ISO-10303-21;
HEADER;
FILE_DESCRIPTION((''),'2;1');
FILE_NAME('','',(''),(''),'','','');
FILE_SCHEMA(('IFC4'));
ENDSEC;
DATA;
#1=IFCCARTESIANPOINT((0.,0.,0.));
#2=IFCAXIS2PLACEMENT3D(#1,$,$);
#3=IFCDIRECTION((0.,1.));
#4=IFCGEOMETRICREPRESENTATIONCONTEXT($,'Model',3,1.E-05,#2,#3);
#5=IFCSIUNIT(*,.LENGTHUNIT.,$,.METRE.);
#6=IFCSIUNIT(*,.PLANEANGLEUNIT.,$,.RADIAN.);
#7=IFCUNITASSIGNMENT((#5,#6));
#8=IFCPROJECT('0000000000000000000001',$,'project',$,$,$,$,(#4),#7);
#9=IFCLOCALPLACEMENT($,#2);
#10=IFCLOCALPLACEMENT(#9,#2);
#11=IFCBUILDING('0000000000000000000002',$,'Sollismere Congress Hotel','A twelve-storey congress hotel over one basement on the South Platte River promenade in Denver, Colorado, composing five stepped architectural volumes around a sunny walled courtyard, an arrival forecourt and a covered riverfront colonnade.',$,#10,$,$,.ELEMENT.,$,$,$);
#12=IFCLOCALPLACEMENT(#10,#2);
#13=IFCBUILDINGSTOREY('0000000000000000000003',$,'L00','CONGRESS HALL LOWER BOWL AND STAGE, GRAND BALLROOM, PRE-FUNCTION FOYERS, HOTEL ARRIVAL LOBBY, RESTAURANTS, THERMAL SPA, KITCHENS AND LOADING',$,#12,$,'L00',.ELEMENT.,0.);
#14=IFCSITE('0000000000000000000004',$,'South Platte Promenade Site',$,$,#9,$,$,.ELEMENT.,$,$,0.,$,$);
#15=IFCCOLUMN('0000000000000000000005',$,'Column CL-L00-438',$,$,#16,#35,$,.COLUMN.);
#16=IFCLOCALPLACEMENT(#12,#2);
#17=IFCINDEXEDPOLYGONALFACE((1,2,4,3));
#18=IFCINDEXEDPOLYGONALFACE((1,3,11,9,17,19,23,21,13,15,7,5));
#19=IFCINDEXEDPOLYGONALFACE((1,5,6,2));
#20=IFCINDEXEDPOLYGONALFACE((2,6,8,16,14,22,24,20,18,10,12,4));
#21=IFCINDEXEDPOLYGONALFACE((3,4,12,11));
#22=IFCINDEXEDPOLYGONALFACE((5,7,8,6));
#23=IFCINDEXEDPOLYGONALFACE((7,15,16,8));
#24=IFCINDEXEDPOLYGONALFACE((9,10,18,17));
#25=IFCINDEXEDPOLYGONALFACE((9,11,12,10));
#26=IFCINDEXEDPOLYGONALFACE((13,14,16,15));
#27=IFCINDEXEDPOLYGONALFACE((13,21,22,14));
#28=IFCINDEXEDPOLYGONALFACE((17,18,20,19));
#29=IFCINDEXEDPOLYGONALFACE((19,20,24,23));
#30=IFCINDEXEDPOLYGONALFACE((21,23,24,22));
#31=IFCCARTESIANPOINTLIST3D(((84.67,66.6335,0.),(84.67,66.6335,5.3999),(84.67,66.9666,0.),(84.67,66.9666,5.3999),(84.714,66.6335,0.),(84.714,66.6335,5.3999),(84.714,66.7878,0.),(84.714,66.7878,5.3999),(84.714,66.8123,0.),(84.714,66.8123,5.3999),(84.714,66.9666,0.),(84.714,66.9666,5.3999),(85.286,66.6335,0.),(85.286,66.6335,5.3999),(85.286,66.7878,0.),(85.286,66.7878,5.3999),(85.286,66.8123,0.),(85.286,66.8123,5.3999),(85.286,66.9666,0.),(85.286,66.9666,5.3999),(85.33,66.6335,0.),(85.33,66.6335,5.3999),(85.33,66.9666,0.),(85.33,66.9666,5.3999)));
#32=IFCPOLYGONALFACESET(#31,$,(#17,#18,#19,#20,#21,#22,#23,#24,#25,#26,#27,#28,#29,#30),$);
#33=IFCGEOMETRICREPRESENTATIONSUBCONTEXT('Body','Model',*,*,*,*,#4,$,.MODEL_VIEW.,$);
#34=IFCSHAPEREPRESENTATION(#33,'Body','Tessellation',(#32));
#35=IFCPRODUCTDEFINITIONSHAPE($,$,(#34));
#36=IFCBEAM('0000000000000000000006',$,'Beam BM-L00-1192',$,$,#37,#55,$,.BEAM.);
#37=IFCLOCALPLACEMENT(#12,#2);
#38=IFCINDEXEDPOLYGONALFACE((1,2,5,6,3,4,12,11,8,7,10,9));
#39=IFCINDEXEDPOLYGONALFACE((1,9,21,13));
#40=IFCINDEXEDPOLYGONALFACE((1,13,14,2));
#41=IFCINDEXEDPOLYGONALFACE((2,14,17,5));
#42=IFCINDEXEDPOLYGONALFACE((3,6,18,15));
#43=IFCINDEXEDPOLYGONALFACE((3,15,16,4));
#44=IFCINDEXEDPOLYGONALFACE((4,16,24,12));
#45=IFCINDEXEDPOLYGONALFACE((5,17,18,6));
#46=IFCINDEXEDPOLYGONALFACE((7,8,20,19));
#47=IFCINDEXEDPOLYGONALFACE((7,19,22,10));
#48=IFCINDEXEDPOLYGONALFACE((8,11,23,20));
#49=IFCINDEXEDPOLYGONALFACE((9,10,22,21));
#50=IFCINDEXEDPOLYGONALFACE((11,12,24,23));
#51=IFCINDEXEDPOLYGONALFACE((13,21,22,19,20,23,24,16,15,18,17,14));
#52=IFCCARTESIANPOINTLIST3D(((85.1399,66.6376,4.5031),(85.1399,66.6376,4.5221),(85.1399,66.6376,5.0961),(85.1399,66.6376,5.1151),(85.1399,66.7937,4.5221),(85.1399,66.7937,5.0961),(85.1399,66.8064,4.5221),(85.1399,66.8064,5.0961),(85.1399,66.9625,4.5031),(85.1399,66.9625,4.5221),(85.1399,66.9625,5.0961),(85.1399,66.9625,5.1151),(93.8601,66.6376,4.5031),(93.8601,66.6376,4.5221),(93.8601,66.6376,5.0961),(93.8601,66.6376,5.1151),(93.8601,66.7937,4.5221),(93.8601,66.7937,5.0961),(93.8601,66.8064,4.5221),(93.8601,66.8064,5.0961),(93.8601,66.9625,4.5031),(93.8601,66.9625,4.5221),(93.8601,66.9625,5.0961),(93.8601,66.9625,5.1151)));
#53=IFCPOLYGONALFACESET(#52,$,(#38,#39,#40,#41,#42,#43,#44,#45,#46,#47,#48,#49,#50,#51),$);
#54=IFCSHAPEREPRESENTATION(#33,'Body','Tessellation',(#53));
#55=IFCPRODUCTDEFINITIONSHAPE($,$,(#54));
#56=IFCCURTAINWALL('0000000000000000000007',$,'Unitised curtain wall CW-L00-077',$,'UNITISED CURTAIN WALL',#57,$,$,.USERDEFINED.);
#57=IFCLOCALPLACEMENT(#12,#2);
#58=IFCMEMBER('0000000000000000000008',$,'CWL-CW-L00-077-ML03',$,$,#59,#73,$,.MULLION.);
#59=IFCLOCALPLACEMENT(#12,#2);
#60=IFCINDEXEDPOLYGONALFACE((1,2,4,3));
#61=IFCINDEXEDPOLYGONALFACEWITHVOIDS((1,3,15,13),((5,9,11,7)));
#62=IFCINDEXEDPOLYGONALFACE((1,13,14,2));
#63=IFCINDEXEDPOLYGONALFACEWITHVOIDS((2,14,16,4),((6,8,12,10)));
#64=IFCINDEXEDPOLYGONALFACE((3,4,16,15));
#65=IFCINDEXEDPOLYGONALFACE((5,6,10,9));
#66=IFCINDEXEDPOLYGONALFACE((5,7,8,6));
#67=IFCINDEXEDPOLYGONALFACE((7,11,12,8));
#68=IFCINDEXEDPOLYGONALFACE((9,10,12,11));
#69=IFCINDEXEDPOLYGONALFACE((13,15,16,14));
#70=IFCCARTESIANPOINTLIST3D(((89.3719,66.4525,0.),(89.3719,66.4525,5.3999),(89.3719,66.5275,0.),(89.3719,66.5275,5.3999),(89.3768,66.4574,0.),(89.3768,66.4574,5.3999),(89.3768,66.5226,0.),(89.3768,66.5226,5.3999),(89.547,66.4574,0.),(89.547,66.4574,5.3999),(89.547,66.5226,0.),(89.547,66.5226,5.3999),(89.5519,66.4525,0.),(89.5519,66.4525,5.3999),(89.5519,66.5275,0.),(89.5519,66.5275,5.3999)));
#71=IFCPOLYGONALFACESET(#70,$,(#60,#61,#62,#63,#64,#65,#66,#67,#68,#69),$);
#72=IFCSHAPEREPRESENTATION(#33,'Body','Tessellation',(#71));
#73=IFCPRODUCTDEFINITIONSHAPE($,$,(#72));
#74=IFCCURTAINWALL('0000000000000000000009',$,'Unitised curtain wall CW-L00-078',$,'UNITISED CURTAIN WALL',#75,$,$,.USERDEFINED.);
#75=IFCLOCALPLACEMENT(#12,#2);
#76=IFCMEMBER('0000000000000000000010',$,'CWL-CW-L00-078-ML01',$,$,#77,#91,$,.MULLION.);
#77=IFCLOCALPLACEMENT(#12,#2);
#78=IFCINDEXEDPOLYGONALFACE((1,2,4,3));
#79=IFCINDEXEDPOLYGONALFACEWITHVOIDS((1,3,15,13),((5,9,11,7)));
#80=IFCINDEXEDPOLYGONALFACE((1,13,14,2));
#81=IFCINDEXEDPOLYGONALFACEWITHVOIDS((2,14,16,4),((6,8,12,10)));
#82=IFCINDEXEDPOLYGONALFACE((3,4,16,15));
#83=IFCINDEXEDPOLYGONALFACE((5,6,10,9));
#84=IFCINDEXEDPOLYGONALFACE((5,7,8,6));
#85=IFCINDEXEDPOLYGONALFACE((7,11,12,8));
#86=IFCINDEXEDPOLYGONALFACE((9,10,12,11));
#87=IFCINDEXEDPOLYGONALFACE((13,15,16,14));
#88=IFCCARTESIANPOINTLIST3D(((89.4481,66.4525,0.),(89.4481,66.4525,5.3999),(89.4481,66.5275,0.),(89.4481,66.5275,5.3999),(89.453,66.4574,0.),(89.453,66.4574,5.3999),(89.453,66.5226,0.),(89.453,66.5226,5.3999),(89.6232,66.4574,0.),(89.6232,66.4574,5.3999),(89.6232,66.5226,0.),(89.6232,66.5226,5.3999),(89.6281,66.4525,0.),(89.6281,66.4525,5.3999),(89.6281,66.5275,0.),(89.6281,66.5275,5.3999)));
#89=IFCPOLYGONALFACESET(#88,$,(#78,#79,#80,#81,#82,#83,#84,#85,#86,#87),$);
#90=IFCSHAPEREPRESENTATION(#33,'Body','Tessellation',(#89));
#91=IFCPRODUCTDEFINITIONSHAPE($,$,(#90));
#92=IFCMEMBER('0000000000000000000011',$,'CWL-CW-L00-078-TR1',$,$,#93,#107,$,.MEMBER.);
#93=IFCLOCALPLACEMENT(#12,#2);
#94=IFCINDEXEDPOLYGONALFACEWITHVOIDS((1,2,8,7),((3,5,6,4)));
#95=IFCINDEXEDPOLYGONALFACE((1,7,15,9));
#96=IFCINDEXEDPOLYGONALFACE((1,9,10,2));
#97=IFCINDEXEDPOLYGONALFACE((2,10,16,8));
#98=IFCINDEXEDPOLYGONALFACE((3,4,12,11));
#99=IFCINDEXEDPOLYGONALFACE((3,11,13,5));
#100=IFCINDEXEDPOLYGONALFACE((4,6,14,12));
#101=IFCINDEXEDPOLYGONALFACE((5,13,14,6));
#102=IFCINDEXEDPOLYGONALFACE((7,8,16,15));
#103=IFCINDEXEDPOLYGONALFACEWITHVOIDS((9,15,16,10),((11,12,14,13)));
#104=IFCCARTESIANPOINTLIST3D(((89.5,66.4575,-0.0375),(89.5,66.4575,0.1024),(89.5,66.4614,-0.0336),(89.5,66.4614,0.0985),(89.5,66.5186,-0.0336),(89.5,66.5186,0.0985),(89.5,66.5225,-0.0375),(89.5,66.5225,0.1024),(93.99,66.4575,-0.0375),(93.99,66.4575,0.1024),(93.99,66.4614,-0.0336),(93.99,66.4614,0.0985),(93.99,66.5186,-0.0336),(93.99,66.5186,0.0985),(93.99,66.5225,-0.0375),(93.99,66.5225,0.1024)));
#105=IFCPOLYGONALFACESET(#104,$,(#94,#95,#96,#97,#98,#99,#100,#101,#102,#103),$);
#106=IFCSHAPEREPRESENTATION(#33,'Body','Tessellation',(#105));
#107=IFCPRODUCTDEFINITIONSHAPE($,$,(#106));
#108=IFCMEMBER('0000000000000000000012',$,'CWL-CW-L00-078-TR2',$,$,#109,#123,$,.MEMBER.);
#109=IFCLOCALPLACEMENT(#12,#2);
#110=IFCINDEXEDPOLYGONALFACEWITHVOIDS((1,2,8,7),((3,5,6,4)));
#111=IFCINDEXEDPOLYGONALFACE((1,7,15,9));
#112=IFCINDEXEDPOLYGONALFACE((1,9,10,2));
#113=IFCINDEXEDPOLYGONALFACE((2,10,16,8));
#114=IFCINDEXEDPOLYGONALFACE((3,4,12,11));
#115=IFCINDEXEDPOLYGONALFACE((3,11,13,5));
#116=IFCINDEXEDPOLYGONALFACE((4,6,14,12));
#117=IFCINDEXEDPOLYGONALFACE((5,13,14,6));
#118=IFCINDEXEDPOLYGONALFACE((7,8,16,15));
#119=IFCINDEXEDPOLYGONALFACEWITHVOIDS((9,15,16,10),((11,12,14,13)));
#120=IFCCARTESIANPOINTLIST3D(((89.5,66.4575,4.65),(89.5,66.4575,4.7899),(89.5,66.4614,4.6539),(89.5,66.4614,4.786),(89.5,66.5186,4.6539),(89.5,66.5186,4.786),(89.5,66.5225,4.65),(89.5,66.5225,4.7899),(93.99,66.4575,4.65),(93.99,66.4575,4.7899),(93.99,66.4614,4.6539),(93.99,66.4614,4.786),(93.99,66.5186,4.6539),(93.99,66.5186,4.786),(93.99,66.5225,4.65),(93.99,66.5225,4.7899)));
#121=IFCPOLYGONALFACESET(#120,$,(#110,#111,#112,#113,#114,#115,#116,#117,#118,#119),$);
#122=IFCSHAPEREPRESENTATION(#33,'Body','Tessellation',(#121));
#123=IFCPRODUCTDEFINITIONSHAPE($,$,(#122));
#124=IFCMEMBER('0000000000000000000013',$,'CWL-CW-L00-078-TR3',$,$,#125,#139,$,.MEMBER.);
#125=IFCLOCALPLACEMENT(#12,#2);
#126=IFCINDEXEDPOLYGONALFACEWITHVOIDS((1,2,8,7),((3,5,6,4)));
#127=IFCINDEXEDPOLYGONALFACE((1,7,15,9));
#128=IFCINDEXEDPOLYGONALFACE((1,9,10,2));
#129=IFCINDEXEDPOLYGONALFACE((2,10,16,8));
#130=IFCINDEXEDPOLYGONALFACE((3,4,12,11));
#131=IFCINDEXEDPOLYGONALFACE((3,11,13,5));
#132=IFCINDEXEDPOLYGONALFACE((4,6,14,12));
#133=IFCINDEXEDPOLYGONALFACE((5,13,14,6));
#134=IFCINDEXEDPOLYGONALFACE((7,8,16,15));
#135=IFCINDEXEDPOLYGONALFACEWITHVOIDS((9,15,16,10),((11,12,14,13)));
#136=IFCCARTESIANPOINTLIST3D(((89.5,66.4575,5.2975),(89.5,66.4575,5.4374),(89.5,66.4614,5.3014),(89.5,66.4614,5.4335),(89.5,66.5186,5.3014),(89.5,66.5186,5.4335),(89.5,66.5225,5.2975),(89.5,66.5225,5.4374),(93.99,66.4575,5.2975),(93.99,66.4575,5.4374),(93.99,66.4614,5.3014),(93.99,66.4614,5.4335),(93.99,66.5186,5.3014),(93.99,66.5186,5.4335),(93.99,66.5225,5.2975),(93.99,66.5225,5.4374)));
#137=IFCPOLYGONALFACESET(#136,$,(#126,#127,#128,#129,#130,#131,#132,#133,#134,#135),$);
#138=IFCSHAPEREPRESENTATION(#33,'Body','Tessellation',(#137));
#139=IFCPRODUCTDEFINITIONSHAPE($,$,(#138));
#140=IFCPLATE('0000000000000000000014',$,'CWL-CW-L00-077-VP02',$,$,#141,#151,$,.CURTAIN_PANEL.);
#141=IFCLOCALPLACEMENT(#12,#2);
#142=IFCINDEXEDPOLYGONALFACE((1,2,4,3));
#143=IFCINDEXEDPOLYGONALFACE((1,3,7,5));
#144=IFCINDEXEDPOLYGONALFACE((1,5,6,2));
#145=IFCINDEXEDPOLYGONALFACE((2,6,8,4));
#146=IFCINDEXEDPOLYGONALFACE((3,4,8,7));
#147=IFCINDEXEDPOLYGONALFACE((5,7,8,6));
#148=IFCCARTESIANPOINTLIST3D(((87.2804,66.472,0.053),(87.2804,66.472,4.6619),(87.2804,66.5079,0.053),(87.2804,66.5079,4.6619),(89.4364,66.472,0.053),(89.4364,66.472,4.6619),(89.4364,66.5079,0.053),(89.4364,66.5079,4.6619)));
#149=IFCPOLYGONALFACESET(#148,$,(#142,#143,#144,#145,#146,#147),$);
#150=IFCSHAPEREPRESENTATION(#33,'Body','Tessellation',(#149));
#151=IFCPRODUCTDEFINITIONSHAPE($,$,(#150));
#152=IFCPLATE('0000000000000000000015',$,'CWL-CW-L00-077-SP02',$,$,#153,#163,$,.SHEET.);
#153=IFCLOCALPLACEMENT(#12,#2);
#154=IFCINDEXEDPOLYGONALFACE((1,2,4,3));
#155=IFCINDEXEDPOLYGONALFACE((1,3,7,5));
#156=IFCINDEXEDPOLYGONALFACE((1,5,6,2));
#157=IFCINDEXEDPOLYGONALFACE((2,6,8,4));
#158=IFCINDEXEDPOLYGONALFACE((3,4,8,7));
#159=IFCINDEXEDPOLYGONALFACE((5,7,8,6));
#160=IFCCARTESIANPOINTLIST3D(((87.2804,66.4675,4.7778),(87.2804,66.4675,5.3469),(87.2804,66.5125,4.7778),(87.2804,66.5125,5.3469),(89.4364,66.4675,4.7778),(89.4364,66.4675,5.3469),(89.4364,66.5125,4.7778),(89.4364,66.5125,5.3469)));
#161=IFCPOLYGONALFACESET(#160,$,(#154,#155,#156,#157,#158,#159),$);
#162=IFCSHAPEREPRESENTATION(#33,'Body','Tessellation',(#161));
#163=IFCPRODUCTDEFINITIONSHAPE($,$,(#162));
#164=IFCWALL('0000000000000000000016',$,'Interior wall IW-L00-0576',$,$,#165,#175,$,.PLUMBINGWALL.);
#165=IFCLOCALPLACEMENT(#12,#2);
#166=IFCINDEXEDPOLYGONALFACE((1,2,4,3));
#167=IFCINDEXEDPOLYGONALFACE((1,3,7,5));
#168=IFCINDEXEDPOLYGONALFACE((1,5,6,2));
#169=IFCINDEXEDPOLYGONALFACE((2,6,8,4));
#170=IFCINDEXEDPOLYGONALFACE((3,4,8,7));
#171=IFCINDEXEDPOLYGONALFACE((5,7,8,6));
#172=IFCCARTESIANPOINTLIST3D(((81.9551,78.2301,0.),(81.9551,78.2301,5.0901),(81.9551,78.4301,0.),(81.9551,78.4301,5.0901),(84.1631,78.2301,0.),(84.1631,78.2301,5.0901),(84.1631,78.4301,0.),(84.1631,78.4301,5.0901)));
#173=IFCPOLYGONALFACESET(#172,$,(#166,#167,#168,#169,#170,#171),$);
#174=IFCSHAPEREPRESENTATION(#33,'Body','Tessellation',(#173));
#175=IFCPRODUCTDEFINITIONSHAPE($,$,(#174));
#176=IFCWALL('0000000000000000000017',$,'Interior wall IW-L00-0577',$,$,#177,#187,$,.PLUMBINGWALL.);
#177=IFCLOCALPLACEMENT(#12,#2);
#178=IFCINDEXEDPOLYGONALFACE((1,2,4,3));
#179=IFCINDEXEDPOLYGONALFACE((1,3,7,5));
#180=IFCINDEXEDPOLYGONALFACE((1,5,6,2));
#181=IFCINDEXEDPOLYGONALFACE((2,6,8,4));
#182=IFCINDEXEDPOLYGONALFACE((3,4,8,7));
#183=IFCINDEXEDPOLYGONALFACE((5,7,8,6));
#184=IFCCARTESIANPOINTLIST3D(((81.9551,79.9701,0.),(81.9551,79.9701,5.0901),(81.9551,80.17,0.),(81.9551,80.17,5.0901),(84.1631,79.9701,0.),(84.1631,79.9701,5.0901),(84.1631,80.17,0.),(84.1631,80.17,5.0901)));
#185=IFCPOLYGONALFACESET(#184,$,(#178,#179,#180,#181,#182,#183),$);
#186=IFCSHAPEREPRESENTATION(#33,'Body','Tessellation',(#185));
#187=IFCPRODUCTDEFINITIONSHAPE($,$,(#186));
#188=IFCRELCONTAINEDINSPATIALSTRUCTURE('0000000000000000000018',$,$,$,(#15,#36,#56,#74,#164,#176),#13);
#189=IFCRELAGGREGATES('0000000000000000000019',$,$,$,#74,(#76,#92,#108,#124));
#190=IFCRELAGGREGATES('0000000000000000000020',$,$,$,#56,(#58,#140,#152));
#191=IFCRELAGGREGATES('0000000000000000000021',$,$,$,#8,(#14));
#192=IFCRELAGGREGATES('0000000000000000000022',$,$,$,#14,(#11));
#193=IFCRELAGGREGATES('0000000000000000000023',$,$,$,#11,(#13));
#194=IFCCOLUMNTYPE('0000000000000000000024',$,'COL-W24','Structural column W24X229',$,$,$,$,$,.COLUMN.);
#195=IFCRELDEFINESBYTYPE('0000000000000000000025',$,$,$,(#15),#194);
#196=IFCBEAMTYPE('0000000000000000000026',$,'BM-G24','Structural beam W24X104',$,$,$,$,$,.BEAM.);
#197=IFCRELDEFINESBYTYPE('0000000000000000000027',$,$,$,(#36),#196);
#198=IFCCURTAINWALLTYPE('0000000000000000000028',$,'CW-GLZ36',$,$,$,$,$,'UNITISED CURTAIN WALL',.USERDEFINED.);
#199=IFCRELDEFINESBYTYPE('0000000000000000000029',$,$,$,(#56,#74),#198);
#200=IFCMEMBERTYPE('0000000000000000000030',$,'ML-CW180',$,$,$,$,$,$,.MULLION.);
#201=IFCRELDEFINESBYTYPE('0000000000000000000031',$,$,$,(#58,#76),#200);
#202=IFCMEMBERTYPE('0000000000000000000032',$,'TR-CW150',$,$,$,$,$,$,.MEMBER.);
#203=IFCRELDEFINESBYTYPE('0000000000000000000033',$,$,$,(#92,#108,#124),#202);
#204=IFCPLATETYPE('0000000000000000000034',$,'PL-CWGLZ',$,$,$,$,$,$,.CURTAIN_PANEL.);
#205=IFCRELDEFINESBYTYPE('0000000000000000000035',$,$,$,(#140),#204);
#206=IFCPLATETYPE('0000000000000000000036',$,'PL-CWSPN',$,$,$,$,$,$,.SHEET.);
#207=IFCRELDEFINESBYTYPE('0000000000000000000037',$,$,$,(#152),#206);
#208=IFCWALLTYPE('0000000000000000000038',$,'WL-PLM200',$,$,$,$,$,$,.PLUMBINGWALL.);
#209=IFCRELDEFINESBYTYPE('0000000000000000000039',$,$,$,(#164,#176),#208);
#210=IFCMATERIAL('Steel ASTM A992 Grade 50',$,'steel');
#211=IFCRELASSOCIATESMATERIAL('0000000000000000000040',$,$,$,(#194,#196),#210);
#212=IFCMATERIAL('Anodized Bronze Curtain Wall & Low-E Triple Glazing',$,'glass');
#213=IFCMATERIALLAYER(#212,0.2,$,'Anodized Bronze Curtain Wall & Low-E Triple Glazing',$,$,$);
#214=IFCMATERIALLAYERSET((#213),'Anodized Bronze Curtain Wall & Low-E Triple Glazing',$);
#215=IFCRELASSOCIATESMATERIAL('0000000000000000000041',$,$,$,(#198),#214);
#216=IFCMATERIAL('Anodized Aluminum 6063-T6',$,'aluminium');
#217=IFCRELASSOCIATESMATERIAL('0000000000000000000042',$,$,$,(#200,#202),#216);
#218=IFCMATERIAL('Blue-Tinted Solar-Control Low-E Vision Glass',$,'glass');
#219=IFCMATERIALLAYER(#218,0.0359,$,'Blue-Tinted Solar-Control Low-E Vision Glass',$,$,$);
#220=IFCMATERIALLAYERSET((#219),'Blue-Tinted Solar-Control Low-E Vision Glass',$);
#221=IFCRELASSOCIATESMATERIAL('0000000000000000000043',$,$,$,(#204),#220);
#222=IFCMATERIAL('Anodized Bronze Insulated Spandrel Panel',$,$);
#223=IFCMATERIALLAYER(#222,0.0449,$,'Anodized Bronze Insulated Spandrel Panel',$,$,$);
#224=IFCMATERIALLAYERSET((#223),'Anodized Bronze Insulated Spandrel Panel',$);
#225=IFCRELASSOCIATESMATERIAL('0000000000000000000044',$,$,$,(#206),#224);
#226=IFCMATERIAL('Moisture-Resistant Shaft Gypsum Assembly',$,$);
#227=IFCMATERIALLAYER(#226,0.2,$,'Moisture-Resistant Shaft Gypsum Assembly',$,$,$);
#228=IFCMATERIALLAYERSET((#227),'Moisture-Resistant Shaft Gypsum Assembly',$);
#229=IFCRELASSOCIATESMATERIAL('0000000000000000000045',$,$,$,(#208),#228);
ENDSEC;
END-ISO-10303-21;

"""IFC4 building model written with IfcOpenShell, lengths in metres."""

from ifc_helpers import new_model, si_unit, direction, frame, frame_2d, origin, origin_2d, place, context, subcontext, project, spatial, rectangle, hollow_rectangle, i_section, extrude, material, layer, layer_set, material_profile, profile_set, type_object, element, aggregate, save


model = new_model("IFC4")

# Units and contexts
model_context = context("Model", 3, precision=1e-05, world=origin(), true_north=direction((0.0, 1.0)))
body_context = subcontext(model_context, "Body", "Model", "MODEL_VIEW")
ifc_project = project(units=[si_unit("LENGTHUNIT", "METRE"), si_unit("PLANEANGLEUNIT", "RADIAN")], contexts=[model_context])

# Site, building, storey
site_placement = place(None, origin())
site = spatial("IfcSite", under=ifc_project, at=site_placement, Name="South Platte Promenade Site", CompositionType="ELEMENT", RefElevation=0.0)
building_placement = place(site_placement, origin())
building = spatial("IfcBuilding", under=site, at=building_placement, Name="Sollismere Congress Hotel", Description="A twelve-storey congress hotel over one basement on the South Platte River promenade in Denver, Colorado, composing five stepped architectural volumes around a sunny walled courtyard, an arrival forecourt and a covered riverfront colonnade.", CompositionType="ELEMENT")
storey_placement = place(building_placement, origin())
storey = spatial("IfcBuildingStorey", under=building, at=storey_placement, Name="L00", Description="CONGRESS HALL LOWER BOWL AND STAGE, GRAND BALLROOM, PRE-FUNCTION FOYERS, HOTEL ARRIVAL LOBBY, RESTAURANTS, THERMAL SPA, KITCHENS AND LOADING", LongName="L00", CompositionType="ELEMENT", Elevation=0.0)

# Column
ifc_material_1 = material(Name="Steel ASTM A992 Grade 50", Category="steel")
ifc_material_profile_1 = material_profile(ifc_material_1, i_section(OverallWidth=0.333, OverallDepth=0.6599, WebThickness=0.0244, FlangeThickness=0.0439, at=origin_2d()), Name="W24X229")
ifc_profile_set_1 = profile_set([ifc_material_profile_1], Name="Steel ASTM A992 Grade 50")
column_type = type_object("IfcColumnType", Name="COL-W24", Description="Structural column W24X229", PredefinedType="COLUMN", material=ifc_profile_set_1)
column_placement = place(storey_placement, frame((85.0, 66.8, 0.0), z_axis=(0.0, 0.0, 1.0), x_axis=(0.0, 1.0, 0.0)))
element("IfcColumn", 1, at=column_placement, inside=storey, type_object=column_type, Name="Column CL-L00-438", PredefinedType="COLUMN", context=body_context, shape_type="SweptSolid", body=[
    extrude(i_section(OverallWidth=0.333, OverallDepth=0.6599, WebThickness=0.0244, FlangeThickness=0.0439, at=origin_2d()), origin(), (0.0, 0.0, 1.0), 5.3999),
])

# Beam
ifc_material_profile_2 = material_profile(ifc_material_1, i_section(OverallWidth=0.325, OverallDepth=0.6121, WebThickness=0.0127, FlangeThickness=0.019, at=origin_2d()), Name="W24X104")
ifc_profile_set_2 = profile_set([ifc_material_profile_2], Name="Steel ASTM A992 Grade 50")
beam_type = type_object("IfcBeamType", Name="BM-G24", Description="Structural beam W24X104", PredefinedType="BEAM", material=ifc_profile_set_2)
beam_placement = place(storey_placement, frame((85.1399, 66.8, 4.8091), z_axis=(1.0, 0.0, 0.0), x_axis=(0.0, 1.0, 0.0)))
element("IfcBeam", 2, at=beam_placement, inside=storey, type_object=beam_type, Name="Beam BM-L00-1192", PredefinedType="BEAM", context=body_context, shape_type="SweptSolid", body=[
    extrude(i_section(OverallWidth=0.325, OverallDepth=0.6121, WebThickness=0.0127, FlangeThickness=0.019, at=origin_2d()), origin(), (0.0, 0.0, 1.0), 8.7202),
])

# Curtain wall, member
ifc_material_2 = material(Name="Anodized Bronze Curtain Wall & Low-E Triple Glazing", Category="glass")
ifc_layer_1 = layer(ifc_material_2, 0.2, Name="Anodized Bronze Curtain Wall & Low-E Triple Glazing")
ifc_layer_set_1 = layer_set([ifc_layer_1], Name="Anodized Bronze Curtain Wall & Low-E Triple Glazing")
curtain_wall_type = type_object("IfcCurtainWallType", Name="CW-GLZ36", ElementType="UNITISED CURTAIN WALL", PredefinedType="USERDEFINED", material=ifc_layer_set_1)
curtain_wall_1_placement = place(storey_placement, origin())
curtain_wall_1 = element("IfcCurtainWall", 3, at=curtain_wall_1_placement, inside=storey, type_object=curtain_wall_type, Name="Unitised curtain wall CW-L00-077", ObjectType="UNITISED CURTAIN WALL", PredefinedType="USERDEFINED")
ifc_material_3 = material(Name="Anodized Aluminum 6063-T6", Category="aluminium")
ifc_material_profile_3 = material_profile(ifc_material_3, hollow_rectangle(XDim=0.075, YDim=0.1799, WallThickness=0.0049, at=origin_2d()), Name="ALU180X75X5")
ifc_profile_set_3 = profile_set([ifc_material_profile_3], Name="Anodized Aluminum 6063-T6")
member_type_1 = type_object("IfcMemberType", Name="ML-CW180", PredefinedType="MULLION", material=ifc_profile_set_3)
member_1_placement = place(storey_placement, frame((89.4619, 66.49, 0.0), z_axis=(0.0, 0.0, 1.0), x_axis=(0.0, 1.0, 0.0)))
member_1 = element("IfcMember", 4, at=member_1_placement, type_object=member_type_1, Name="CWL-CW-L00-077-ML03", PredefinedType="MULLION", context=body_context, shape_type="SweptSolid", body=[
    extrude(hollow_rectangle(XDim=0.075, YDim=0.1799, WallThickness=0.0049, at=origin_2d()), origin(), (0.0, 0.0, 1.0), 5.3999),
])

# Curtain wall, members
curtain_wall_2_placement = place(storey_placement, origin())
curtain_wall_2 = element("IfcCurtainWall", 5, at=curtain_wall_2_placement, inside=storey, type_object=curtain_wall_type, Name="Unitised curtain wall CW-L00-078", ObjectType="UNITISED CURTAIN WALL", PredefinedType="USERDEFINED")
member_2_placement = place(storey_placement, frame((89.5381, 66.49, 0.0), z_axis=(0.0, 0.0, 1.0), x_axis=(0.0, 1.0, 0.0)))
member_2 = element("IfcMember", 6, at=member_2_placement, type_object=member_type_1, Name="CWL-CW-L00-078-ML01", PredefinedType="MULLION", context=body_context, shape_type="SweptSolid", body=[
    extrude(hollow_rectangle(XDim=0.075, YDim=0.1799, WallThickness=0.0049, at=origin_2d()), origin(), (0.0, 0.0, 1.0), 5.3999),
])
ifc_material_profile_4 = material_profile(ifc_material_3, hollow_rectangle(XDim=0.0649, YDim=0.1399, WallThickness=0.0039, at=origin_2d()), Name="ALU140X65X4")
ifc_profile_set_4 = profile_set([ifc_material_profile_4], Name="Anodized Aluminum 6063-T6")
member_type_2 = type_object("IfcMemberType", Name="TR-CW150", PredefinedType="MEMBER", material=ifc_profile_set_4)
member_3_placement = place(storey_placement, frame((89.5, 66.49, 0.0325), z_axis=(1.0, 0.0, 0.0), x_axis=(0.0, 1.0, 0.0)))
member_3 = element("IfcMember", 7, at=member_3_placement, type_object=member_type_2, Name="CWL-CW-L00-078-TR1", PredefinedType="MEMBER", context=body_context, shape_type="SweptSolid", body=[
    extrude(hollow_rectangle(XDim=0.0649, YDim=0.1399, WallThickness=0.0039, at=origin_2d()), origin(), (0.0, 0.0, 1.0), 4.49),
])
member_4_placement = place(storey_placement, frame((89.5, 66.49, 4.72), z_axis=(1.0, 0.0, 0.0), x_axis=(0.0, 1.0, 0.0)))
member_4 = element("IfcMember", 8, at=member_4_placement, type_object=member_type_2, Name="CWL-CW-L00-078-TR2", PredefinedType="MEMBER", context=body_context, shape_type="SweptSolid", body=[
    extrude(hollow_rectangle(XDim=0.0649, YDim=0.1399, WallThickness=0.0039, at=origin_2d()), origin(), (0.0, 0.0, 1.0), 4.49),
])
member_5_placement = place(storey_placement, frame((89.5, 66.49, 5.3674), z_axis=(1.0, 0.0, 0.0), x_axis=(0.0, 1.0, 0.0)))
member_5 = element("IfcMember", 9, at=member_5_placement, type_object=member_type_2, Name="CWL-CW-L00-078-TR3", PredefinedType="MEMBER", context=body_context, shape_type="SweptSolid", body=[
    extrude(hollow_rectangle(XDim=0.0649, YDim=0.1399, WallThickness=0.0039, at=origin_2d()), origin(), (0.0, 0.0, 1.0), 4.49),
])
aggregate(curtain_wall_2, [member_2, member_3, member_4, member_5])

# Plates
ifc_material_4 = material(Name="Blue-Tinted Solar-Control Low-E Vision Glass", Category="glass")
ifc_layer_2 = layer(ifc_material_4, 0.0359, Name="Blue-Tinted Solar-Control Low-E Vision Glass")
ifc_layer_set_2 = layer_set([ifc_layer_2], Name="Blue-Tinted Solar-Control Low-E Vision Glass")
plate_type_1 = type_object("IfcPlateType", Name="PL-CWGLZ", PredefinedType="CURTAIN_PANEL", material=ifc_layer_set_2)
plate_1_placement = place(storey_placement, frame((88.3584, 66.49, 0.053), z_axis=(0.0, 0.0, 1.0), x_axis=(1.0, 0.0, 0.0)))
plate_1 = element("IfcPlate", 10, at=plate_1_placement, type_object=plate_type_1, Name="CWL-CW-L00-077-VP02", PredefinedType="CURTAIN_PANEL", context=body_context, shape_type="SweptSolid", body=[
    extrude(rectangle(XDim=2.156, YDim=0.0359, at=origin_2d()), origin(), (0.0, 0.0, 1.0), 4.6089),
])
ifc_material_5 = material(Name="Anodized Bronze Insulated Spandrel Panel")
ifc_layer_3 = layer(ifc_material_5, 0.0449, Name="Anodized Bronze Insulated Spandrel Panel")
ifc_layer_set_3 = layer_set([ifc_layer_3], Name="Anodized Bronze Insulated Spandrel Panel")
plate_type_2 = type_object("IfcPlateType", Name="PL-CWSPN", PredefinedType="SHEET", material=ifc_layer_set_3)
plate_2_placement = place(storey_placement, frame((88.3584, 66.49, 4.7778), z_axis=(0.0, 0.0, 1.0), x_axis=(1.0, 0.0, 0.0)))
plate_2 = element("IfcPlate", 11, at=plate_2_placement, type_object=plate_type_2, Name="CWL-CW-L00-077-SP02", PredefinedType="SHEET", context=body_context, shape_type="SweptSolid", body=[
    extrude(rectangle(XDim=2.156, YDim=0.0449, at=origin_2d()), origin(), (0.0, 0.0, 1.0), 0.5691),
])
aggregate(curtain_wall_1, [member_1, plate_1, plate_2])

# Walls
ifc_material_6 = material(Name="Moisture-Resistant Shaft Gypsum Assembly")
ifc_layer_4 = layer(ifc_material_6, 0.2, Name="Moisture-Resistant Shaft Gypsum Assembly")
ifc_layer_set_4 = layer_set([ifc_layer_4], Name="Moisture-Resistant Shaft Gypsum Assembly")
wall_type_1 = type_object("IfcWallType", Name="WL-PLM200", PredefinedType="PLUMBINGWALL", material=ifc_layer_set_4)
for number, where, z_axis, x_axis, name in (
    (12, (81.9551, 78.3301, 0.0), (0.0, 0.0, 1.0), (1.0, 0.0, 0.0), "Interior wall IW-L00-0576"),
    (13, (81.9551, 80.0701, 0.0), (0.0, 0.0, 1.0), (1.0, 0.0, 0.0), "Interior wall IW-L00-0577"),
):
    element("IfcWall", number, at=place(storey_placement, frame(where, z_axis=z_axis, x_axis=x_axis)), inside=storey, type_object=wall_type_1, Name=name, PredefinedType="PLUMBINGWALL", context=body_context, shape_type="SweptSolid", body=[
        extrude(rectangle(XDim=2.208, YDim=0.2, at=frame_2d((1.104, 0.0))), origin(), (0.0, 0.0, 1.0), 5.0901),
    ])

save(model, "model.ifc")
